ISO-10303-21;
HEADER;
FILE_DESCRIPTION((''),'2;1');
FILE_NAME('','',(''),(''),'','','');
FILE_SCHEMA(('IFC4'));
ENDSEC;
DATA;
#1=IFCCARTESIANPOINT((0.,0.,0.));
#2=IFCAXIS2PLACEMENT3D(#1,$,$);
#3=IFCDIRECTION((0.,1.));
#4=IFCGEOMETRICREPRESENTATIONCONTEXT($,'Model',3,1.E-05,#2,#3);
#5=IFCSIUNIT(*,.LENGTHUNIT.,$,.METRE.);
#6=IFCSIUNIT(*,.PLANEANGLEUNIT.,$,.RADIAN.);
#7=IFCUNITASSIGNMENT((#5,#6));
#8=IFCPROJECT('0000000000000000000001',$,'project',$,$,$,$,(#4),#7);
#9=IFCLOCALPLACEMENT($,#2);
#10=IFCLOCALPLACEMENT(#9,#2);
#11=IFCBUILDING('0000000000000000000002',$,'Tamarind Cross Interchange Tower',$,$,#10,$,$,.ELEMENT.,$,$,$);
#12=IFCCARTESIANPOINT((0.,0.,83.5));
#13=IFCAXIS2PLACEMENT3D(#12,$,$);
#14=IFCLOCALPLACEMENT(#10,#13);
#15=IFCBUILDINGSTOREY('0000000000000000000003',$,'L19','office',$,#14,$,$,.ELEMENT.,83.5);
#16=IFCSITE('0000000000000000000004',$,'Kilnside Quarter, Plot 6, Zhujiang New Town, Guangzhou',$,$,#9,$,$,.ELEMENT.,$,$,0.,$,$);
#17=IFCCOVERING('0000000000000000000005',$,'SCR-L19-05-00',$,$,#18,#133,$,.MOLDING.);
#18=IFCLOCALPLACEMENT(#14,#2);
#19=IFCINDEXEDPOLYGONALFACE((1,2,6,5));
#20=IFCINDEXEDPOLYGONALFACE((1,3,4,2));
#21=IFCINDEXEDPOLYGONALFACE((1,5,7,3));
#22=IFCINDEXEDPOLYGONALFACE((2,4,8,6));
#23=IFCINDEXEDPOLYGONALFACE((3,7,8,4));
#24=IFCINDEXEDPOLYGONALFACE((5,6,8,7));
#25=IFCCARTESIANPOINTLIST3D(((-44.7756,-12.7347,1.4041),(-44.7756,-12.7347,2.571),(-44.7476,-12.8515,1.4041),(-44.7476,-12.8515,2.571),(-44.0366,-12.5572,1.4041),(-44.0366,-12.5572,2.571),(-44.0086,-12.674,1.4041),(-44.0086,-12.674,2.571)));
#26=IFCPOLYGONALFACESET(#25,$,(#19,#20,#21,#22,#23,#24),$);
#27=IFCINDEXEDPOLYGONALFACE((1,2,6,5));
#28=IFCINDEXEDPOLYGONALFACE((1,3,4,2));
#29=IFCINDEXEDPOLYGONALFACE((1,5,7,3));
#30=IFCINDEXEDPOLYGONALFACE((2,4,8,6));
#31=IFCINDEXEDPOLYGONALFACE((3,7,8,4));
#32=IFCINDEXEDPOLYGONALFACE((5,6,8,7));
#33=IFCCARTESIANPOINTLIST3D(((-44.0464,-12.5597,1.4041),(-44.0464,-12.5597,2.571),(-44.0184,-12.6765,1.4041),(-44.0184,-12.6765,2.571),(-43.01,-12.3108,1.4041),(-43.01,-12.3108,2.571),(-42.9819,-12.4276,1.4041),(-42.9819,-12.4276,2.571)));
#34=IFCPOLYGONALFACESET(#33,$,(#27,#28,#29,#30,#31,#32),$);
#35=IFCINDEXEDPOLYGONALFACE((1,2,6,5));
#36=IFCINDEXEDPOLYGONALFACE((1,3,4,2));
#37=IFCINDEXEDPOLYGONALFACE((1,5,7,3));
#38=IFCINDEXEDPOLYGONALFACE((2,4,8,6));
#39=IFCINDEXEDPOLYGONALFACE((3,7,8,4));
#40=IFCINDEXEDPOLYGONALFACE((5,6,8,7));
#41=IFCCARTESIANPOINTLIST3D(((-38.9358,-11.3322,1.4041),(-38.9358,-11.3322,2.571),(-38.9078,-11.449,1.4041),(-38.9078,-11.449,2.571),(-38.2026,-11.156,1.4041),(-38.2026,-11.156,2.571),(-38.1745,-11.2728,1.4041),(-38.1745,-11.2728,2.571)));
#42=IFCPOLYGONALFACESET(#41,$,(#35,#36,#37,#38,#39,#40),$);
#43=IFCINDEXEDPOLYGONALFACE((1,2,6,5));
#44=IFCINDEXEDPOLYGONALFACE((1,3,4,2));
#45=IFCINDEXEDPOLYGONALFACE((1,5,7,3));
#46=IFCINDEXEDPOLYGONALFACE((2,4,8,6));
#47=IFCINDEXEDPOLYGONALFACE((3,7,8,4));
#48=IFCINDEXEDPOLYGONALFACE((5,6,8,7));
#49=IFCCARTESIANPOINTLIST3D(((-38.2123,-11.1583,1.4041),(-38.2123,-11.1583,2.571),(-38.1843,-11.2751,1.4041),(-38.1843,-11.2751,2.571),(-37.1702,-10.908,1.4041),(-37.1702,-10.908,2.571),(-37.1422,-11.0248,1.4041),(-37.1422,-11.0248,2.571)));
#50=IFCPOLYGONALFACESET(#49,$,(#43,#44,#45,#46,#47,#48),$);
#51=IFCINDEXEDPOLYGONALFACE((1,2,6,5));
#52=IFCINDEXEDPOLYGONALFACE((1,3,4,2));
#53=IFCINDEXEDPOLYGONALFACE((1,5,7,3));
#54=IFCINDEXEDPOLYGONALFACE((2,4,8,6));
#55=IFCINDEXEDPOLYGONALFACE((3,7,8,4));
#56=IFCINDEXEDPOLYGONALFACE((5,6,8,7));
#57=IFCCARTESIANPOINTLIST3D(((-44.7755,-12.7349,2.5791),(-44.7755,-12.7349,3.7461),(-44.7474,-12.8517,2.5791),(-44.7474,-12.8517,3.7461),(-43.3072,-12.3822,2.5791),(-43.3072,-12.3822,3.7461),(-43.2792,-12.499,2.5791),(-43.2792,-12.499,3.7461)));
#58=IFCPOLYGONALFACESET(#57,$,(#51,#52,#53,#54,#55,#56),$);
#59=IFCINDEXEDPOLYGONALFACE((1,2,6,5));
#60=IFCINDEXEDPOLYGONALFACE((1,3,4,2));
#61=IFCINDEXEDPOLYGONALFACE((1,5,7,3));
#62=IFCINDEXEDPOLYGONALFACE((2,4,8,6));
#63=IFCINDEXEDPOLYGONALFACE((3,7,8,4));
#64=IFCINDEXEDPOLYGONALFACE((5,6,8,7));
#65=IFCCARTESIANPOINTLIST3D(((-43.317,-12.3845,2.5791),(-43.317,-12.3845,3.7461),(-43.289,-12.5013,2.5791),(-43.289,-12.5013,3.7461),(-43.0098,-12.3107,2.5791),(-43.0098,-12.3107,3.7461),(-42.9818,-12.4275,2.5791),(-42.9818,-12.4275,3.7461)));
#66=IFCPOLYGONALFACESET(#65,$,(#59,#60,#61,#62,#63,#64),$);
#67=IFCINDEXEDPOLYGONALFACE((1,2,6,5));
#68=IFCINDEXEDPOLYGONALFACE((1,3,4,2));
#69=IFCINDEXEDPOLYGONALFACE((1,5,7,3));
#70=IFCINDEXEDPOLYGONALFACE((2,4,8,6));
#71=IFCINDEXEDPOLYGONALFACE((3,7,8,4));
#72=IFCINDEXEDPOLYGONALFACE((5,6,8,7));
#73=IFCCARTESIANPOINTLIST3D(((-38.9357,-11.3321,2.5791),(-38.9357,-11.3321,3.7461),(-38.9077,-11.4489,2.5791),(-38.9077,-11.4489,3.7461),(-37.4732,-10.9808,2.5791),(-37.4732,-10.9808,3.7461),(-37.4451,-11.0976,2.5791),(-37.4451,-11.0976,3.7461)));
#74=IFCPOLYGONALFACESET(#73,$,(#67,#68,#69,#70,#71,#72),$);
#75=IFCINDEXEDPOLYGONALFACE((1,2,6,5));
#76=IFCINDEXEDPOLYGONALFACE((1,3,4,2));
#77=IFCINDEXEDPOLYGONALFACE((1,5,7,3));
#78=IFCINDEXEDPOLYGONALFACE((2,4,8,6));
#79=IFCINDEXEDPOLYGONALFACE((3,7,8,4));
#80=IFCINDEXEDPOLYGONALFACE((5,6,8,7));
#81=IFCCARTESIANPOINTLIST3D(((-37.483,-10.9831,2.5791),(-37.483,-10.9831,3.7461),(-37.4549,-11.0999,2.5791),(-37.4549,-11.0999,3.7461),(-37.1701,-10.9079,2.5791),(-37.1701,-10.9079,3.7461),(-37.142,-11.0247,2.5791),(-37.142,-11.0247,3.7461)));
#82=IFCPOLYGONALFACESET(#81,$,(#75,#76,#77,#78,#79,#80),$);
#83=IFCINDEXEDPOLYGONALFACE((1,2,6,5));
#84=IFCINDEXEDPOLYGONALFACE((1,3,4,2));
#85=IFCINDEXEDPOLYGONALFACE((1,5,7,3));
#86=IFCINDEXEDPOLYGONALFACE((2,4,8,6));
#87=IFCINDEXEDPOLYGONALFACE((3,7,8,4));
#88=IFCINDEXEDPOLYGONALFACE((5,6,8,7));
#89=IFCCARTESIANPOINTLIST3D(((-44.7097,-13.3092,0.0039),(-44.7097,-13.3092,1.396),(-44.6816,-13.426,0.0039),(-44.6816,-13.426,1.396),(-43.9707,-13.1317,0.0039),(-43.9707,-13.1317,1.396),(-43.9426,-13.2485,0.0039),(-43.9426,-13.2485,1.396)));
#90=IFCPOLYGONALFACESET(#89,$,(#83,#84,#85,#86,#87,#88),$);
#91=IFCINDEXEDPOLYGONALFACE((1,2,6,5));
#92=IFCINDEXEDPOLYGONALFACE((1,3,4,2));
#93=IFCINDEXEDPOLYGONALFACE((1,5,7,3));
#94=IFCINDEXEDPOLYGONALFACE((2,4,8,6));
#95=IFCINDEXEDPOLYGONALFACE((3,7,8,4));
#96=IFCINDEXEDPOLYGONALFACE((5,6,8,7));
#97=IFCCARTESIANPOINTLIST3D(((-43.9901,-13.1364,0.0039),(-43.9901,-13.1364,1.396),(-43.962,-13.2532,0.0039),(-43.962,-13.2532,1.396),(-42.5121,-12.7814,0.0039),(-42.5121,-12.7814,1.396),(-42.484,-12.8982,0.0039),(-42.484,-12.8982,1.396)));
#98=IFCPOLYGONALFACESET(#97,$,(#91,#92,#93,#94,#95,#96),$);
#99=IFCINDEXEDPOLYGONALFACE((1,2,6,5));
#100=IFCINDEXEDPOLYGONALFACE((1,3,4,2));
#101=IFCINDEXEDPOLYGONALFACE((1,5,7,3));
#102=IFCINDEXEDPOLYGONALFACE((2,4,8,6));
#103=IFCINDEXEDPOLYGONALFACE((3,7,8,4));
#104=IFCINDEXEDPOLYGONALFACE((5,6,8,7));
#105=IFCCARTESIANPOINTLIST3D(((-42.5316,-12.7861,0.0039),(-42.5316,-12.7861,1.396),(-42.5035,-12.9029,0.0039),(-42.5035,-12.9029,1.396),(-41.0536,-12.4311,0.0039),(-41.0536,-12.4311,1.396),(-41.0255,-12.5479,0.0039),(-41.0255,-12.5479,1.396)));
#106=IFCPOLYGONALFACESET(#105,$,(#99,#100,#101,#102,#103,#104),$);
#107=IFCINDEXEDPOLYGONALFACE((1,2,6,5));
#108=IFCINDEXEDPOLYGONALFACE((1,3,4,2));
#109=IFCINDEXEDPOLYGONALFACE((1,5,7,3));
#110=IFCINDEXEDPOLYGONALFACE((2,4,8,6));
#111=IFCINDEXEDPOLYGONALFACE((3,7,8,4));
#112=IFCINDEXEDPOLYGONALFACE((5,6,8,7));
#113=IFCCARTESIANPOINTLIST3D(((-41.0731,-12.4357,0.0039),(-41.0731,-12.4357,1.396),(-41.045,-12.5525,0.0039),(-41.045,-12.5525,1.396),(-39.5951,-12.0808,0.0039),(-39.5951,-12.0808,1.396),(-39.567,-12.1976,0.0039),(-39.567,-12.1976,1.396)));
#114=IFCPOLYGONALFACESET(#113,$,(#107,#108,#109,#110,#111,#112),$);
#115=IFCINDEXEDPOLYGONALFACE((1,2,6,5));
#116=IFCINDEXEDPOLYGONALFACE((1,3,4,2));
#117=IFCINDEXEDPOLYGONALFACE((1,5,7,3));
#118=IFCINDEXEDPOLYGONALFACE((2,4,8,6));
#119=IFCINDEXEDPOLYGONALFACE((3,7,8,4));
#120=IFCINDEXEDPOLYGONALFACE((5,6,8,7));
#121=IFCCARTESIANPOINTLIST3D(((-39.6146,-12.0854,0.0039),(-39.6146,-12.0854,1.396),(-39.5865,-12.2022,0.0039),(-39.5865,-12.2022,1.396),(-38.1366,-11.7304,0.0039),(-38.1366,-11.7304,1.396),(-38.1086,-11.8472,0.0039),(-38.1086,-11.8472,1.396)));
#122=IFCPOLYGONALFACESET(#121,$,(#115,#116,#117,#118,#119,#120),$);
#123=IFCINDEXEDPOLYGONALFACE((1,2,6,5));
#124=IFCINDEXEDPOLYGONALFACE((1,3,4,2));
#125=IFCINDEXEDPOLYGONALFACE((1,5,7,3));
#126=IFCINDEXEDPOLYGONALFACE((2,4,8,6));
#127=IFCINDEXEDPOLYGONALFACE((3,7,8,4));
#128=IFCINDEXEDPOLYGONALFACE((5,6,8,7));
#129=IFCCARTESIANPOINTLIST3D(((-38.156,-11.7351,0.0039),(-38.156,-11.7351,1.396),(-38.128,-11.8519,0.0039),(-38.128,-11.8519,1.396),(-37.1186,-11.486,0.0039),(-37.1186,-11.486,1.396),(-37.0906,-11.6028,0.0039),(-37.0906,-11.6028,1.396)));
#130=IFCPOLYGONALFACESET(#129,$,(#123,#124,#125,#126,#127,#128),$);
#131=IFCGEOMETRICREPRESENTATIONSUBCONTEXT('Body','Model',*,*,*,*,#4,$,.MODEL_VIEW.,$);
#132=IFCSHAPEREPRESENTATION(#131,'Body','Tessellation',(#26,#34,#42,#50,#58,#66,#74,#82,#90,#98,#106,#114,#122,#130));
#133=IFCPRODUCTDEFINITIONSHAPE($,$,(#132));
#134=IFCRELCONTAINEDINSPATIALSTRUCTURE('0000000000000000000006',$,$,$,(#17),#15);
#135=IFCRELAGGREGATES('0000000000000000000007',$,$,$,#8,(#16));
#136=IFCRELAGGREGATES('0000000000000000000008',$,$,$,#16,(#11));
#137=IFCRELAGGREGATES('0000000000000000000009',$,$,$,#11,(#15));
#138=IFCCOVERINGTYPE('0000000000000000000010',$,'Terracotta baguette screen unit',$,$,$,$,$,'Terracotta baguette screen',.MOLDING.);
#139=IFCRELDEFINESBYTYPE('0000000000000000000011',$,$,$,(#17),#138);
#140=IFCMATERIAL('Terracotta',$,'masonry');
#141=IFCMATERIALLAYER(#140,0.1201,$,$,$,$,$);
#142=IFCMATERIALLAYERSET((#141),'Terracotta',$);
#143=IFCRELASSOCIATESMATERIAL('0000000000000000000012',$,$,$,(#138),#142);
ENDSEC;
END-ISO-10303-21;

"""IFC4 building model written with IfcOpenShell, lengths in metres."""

from ifc_helpers import new_model, si_unit, direction, frame, origin, origin_2d, place, context, subcontext, project, spatial, rectangle, extrude, material, layer, layer_set, type_object, element, save


model = new_model("IFC4")

# Units and contexts
model_context = context("Model", 3, precision=1e-05, world=origin(), true_north=direction((0.0, 1.0)))
body_context = subcontext(model_context, "Body", "Model", "MODEL_VIEW")
ifc_project = project(units=[si_unit("LENGTHUNIT", "METRE"), si_unit("PLANEANGLEUNIT", "RADIAN")], contexts=[model_context])

# Site, building, storey
site_placement = place(None, origin())
site = spatial("IfcSite", under=ifc_project, at=site_placement, Name="Kilnside Quarter, Plot 6, Zhujiang New Town, Guangzhou", CompositionType="ELEMENT", RefElevation=0.0)
building_placement = place(site_placement, origin())
building = spatial("IfcBuilding", under=site, at=building_placement, Name="Tamarind Cross Interchange Tower", CompositionType="ELEMENT")
storey_placement = place(building_placement, frame((0.0, 0.0, 83.5)))
storey = spatial("IfcBuildingStorey", under=building, at=storey_placement, Name="L19", Description="office", CompositionType="ELEMENT", Elevation=83.5)

# Covering
ifc_material_1 = material(Name="Terracotta", Category="masonry")
ifc_layer_1 = layer(ifc_material_1, 0.1201)
ifc_layer_set_1 = layer_set([ifc_layer_1], Name="Terracotta")
covering_type = type_object("IfcCoveringType", Name="Terracotta baguette screen unit", ElementType="Terracotta baguette screen", PredefinedType="MOLDING", material=ifc_layer_set_1)
covering_1_placement = place(storey_placement, origin())
element("IfcCovering", 1, at=covering_1_placement, inside=storey, type_object=covering_type, Name="SCR-L19-05-00", PredefinedType="MOLDING", context=body_context, shape_type="SweptSolid", body=[
    extrude(rectangle(XDim=0.76, YDim=0.1201, at=origin_2d()), frame((-44.3921, -12.7043, 1.4041), z_axis=(0.0, 0.0, 1.0), x_axis=(0.972346, 0.233544, 0.0)), (0.0, 0.0, 1.0), 1.167),
    extrude(rectangle(XDim=1.0659, YDim=0.1201, at=origin_2d()), frame((-43.5142, -12.4937, 1.4041), z_axis=(0.0, 0.0, 1.0), x_axis=(0.972346, 0.233544, 0.0)), (0.0, 0.0, 1.0), 1.167),
    extrude(rectangle(XDim=0.7542, YDim=0.1201, at=origin_2d()), frame((-38.5552, -11.3025, 1.4041), z_axis=(0.0, 0.0, 1.0), x_axis=(0.972346, 0.233544, 0.0)), (0.0, 0.0, 1.0), 1.167),
    extrude(rectangle(XDim=1.0718, YDim=0.1201, at=origin_2d()), frame((-37.6772, -11.0916, 1.4041), z_axis=(0.0, 0.0, 1.0), x_axis=(0.972346, 0.233544, 0.0)), (0.0, 0.0, 1.0), 1.167),
    extrude(rectangle(XDim=1.51, YDim=0.1201, at=origin_2d()), frame((-44.0273, -12.6169, 2.5791), z_axis=(0.0, 0.0, 1.0), x_axis=(0.972346, 0.233544, 0.0)), (0.0, 0.0, 1.0), 1.167),
    extrude(rectangle(XDim=0.3159, YDim=0.1201, at=origin_2d()), frame((-43.1494, -12.406, 2.5791), z_axis=(0.0, 0.0, 1.0), x_axis=(0.972346, 0.233544, 0.0)), (0.0, 0.0, 1.0), 1.167),
    extrude(rectangle(XDim=1.5042, YDim=0.1201, at=origin_2d()), frame((-38.1904, -11.2148, 2.5791), z_axis=(0.0, 0.0, 1.0), x_axis=(0.972346, 0.233544, 0.0)), (0.0, 0.0, 1.0), 1.167),
    extrude(rectangle(XDim=0.3218, YDim=0.1201, at=origin_2d()), frame((-37.3125, -11.0039, 2.5791), z_axis=(0.0, 0.0, 1.0), x_axis=(0.972346, 0.233544, 0.0)), (0.0, 0.0, 1.0), 1.167),
    extrude(rectangle(XDim=0.76, YDim=0.1201, at=origin_2d()), frame((-44.3262, -13.2788, 0.0039), z_axis=(0.0, 0.0, 1.0), x_axis=(0.972346, 0.233544, 0.0)), (0.0, 0.0, 1.0), 1.3921),
    extrude(rectangle(XDim=1.52, YDim=0.1201, at=origin_2d()), frame((-43.2371, -13.0173, 0.0039), z_axis=(0.0, 0.0, 1.0), x_axis=(0.972346, 0.233544, 0.0)), (0.0, 0.0, 1.0), 1.3921),
    extrude(rectangle(XDim=1.52, YDim=0.1201, at=origin_2d()), frame((-41.7786, -12.667, 0.0039), z_axis=(0.0, 0.0, 1.0), x_axis=(0.972346, 0.233544, 0.0)), (0.0, 0.0, 1.0), 1.3921),
    extrude(rectangle(XDim=1.52, YDim=0.1201, at=origin_2d()), frame((-40.3201, -12.3167, 0.0039), z_axis=(0.0, 0.0, 1.0), x_axis=(0.972346, 0.233544, 0.0)), (0.0, 0.0, 1.0), 1.3921),
    extrude(rectangle(XDim=1.52, YDim=0.1201, at=origin_2d()), frame((-38.8616, -11.9663, 0.0039), z_axis=(0.0, 0.0, 1.0), x_axis=(0.972346, 0.233544, 0.0)), (0.0, 0.0, 1.0), 1.3921),
    extrude(rectangle(XDim=1.0669, YDim=0.1201, at=origin_2d()), frame((-37.6233, -11.6689, 0.0039), z_axis=(0.0, 0.0, 1.0), x_axis=(0.972346, 0.233544, 0.0)), (0.0, 0.0, 1.0), 1.3921),
])

save(model, "model.ifc")
